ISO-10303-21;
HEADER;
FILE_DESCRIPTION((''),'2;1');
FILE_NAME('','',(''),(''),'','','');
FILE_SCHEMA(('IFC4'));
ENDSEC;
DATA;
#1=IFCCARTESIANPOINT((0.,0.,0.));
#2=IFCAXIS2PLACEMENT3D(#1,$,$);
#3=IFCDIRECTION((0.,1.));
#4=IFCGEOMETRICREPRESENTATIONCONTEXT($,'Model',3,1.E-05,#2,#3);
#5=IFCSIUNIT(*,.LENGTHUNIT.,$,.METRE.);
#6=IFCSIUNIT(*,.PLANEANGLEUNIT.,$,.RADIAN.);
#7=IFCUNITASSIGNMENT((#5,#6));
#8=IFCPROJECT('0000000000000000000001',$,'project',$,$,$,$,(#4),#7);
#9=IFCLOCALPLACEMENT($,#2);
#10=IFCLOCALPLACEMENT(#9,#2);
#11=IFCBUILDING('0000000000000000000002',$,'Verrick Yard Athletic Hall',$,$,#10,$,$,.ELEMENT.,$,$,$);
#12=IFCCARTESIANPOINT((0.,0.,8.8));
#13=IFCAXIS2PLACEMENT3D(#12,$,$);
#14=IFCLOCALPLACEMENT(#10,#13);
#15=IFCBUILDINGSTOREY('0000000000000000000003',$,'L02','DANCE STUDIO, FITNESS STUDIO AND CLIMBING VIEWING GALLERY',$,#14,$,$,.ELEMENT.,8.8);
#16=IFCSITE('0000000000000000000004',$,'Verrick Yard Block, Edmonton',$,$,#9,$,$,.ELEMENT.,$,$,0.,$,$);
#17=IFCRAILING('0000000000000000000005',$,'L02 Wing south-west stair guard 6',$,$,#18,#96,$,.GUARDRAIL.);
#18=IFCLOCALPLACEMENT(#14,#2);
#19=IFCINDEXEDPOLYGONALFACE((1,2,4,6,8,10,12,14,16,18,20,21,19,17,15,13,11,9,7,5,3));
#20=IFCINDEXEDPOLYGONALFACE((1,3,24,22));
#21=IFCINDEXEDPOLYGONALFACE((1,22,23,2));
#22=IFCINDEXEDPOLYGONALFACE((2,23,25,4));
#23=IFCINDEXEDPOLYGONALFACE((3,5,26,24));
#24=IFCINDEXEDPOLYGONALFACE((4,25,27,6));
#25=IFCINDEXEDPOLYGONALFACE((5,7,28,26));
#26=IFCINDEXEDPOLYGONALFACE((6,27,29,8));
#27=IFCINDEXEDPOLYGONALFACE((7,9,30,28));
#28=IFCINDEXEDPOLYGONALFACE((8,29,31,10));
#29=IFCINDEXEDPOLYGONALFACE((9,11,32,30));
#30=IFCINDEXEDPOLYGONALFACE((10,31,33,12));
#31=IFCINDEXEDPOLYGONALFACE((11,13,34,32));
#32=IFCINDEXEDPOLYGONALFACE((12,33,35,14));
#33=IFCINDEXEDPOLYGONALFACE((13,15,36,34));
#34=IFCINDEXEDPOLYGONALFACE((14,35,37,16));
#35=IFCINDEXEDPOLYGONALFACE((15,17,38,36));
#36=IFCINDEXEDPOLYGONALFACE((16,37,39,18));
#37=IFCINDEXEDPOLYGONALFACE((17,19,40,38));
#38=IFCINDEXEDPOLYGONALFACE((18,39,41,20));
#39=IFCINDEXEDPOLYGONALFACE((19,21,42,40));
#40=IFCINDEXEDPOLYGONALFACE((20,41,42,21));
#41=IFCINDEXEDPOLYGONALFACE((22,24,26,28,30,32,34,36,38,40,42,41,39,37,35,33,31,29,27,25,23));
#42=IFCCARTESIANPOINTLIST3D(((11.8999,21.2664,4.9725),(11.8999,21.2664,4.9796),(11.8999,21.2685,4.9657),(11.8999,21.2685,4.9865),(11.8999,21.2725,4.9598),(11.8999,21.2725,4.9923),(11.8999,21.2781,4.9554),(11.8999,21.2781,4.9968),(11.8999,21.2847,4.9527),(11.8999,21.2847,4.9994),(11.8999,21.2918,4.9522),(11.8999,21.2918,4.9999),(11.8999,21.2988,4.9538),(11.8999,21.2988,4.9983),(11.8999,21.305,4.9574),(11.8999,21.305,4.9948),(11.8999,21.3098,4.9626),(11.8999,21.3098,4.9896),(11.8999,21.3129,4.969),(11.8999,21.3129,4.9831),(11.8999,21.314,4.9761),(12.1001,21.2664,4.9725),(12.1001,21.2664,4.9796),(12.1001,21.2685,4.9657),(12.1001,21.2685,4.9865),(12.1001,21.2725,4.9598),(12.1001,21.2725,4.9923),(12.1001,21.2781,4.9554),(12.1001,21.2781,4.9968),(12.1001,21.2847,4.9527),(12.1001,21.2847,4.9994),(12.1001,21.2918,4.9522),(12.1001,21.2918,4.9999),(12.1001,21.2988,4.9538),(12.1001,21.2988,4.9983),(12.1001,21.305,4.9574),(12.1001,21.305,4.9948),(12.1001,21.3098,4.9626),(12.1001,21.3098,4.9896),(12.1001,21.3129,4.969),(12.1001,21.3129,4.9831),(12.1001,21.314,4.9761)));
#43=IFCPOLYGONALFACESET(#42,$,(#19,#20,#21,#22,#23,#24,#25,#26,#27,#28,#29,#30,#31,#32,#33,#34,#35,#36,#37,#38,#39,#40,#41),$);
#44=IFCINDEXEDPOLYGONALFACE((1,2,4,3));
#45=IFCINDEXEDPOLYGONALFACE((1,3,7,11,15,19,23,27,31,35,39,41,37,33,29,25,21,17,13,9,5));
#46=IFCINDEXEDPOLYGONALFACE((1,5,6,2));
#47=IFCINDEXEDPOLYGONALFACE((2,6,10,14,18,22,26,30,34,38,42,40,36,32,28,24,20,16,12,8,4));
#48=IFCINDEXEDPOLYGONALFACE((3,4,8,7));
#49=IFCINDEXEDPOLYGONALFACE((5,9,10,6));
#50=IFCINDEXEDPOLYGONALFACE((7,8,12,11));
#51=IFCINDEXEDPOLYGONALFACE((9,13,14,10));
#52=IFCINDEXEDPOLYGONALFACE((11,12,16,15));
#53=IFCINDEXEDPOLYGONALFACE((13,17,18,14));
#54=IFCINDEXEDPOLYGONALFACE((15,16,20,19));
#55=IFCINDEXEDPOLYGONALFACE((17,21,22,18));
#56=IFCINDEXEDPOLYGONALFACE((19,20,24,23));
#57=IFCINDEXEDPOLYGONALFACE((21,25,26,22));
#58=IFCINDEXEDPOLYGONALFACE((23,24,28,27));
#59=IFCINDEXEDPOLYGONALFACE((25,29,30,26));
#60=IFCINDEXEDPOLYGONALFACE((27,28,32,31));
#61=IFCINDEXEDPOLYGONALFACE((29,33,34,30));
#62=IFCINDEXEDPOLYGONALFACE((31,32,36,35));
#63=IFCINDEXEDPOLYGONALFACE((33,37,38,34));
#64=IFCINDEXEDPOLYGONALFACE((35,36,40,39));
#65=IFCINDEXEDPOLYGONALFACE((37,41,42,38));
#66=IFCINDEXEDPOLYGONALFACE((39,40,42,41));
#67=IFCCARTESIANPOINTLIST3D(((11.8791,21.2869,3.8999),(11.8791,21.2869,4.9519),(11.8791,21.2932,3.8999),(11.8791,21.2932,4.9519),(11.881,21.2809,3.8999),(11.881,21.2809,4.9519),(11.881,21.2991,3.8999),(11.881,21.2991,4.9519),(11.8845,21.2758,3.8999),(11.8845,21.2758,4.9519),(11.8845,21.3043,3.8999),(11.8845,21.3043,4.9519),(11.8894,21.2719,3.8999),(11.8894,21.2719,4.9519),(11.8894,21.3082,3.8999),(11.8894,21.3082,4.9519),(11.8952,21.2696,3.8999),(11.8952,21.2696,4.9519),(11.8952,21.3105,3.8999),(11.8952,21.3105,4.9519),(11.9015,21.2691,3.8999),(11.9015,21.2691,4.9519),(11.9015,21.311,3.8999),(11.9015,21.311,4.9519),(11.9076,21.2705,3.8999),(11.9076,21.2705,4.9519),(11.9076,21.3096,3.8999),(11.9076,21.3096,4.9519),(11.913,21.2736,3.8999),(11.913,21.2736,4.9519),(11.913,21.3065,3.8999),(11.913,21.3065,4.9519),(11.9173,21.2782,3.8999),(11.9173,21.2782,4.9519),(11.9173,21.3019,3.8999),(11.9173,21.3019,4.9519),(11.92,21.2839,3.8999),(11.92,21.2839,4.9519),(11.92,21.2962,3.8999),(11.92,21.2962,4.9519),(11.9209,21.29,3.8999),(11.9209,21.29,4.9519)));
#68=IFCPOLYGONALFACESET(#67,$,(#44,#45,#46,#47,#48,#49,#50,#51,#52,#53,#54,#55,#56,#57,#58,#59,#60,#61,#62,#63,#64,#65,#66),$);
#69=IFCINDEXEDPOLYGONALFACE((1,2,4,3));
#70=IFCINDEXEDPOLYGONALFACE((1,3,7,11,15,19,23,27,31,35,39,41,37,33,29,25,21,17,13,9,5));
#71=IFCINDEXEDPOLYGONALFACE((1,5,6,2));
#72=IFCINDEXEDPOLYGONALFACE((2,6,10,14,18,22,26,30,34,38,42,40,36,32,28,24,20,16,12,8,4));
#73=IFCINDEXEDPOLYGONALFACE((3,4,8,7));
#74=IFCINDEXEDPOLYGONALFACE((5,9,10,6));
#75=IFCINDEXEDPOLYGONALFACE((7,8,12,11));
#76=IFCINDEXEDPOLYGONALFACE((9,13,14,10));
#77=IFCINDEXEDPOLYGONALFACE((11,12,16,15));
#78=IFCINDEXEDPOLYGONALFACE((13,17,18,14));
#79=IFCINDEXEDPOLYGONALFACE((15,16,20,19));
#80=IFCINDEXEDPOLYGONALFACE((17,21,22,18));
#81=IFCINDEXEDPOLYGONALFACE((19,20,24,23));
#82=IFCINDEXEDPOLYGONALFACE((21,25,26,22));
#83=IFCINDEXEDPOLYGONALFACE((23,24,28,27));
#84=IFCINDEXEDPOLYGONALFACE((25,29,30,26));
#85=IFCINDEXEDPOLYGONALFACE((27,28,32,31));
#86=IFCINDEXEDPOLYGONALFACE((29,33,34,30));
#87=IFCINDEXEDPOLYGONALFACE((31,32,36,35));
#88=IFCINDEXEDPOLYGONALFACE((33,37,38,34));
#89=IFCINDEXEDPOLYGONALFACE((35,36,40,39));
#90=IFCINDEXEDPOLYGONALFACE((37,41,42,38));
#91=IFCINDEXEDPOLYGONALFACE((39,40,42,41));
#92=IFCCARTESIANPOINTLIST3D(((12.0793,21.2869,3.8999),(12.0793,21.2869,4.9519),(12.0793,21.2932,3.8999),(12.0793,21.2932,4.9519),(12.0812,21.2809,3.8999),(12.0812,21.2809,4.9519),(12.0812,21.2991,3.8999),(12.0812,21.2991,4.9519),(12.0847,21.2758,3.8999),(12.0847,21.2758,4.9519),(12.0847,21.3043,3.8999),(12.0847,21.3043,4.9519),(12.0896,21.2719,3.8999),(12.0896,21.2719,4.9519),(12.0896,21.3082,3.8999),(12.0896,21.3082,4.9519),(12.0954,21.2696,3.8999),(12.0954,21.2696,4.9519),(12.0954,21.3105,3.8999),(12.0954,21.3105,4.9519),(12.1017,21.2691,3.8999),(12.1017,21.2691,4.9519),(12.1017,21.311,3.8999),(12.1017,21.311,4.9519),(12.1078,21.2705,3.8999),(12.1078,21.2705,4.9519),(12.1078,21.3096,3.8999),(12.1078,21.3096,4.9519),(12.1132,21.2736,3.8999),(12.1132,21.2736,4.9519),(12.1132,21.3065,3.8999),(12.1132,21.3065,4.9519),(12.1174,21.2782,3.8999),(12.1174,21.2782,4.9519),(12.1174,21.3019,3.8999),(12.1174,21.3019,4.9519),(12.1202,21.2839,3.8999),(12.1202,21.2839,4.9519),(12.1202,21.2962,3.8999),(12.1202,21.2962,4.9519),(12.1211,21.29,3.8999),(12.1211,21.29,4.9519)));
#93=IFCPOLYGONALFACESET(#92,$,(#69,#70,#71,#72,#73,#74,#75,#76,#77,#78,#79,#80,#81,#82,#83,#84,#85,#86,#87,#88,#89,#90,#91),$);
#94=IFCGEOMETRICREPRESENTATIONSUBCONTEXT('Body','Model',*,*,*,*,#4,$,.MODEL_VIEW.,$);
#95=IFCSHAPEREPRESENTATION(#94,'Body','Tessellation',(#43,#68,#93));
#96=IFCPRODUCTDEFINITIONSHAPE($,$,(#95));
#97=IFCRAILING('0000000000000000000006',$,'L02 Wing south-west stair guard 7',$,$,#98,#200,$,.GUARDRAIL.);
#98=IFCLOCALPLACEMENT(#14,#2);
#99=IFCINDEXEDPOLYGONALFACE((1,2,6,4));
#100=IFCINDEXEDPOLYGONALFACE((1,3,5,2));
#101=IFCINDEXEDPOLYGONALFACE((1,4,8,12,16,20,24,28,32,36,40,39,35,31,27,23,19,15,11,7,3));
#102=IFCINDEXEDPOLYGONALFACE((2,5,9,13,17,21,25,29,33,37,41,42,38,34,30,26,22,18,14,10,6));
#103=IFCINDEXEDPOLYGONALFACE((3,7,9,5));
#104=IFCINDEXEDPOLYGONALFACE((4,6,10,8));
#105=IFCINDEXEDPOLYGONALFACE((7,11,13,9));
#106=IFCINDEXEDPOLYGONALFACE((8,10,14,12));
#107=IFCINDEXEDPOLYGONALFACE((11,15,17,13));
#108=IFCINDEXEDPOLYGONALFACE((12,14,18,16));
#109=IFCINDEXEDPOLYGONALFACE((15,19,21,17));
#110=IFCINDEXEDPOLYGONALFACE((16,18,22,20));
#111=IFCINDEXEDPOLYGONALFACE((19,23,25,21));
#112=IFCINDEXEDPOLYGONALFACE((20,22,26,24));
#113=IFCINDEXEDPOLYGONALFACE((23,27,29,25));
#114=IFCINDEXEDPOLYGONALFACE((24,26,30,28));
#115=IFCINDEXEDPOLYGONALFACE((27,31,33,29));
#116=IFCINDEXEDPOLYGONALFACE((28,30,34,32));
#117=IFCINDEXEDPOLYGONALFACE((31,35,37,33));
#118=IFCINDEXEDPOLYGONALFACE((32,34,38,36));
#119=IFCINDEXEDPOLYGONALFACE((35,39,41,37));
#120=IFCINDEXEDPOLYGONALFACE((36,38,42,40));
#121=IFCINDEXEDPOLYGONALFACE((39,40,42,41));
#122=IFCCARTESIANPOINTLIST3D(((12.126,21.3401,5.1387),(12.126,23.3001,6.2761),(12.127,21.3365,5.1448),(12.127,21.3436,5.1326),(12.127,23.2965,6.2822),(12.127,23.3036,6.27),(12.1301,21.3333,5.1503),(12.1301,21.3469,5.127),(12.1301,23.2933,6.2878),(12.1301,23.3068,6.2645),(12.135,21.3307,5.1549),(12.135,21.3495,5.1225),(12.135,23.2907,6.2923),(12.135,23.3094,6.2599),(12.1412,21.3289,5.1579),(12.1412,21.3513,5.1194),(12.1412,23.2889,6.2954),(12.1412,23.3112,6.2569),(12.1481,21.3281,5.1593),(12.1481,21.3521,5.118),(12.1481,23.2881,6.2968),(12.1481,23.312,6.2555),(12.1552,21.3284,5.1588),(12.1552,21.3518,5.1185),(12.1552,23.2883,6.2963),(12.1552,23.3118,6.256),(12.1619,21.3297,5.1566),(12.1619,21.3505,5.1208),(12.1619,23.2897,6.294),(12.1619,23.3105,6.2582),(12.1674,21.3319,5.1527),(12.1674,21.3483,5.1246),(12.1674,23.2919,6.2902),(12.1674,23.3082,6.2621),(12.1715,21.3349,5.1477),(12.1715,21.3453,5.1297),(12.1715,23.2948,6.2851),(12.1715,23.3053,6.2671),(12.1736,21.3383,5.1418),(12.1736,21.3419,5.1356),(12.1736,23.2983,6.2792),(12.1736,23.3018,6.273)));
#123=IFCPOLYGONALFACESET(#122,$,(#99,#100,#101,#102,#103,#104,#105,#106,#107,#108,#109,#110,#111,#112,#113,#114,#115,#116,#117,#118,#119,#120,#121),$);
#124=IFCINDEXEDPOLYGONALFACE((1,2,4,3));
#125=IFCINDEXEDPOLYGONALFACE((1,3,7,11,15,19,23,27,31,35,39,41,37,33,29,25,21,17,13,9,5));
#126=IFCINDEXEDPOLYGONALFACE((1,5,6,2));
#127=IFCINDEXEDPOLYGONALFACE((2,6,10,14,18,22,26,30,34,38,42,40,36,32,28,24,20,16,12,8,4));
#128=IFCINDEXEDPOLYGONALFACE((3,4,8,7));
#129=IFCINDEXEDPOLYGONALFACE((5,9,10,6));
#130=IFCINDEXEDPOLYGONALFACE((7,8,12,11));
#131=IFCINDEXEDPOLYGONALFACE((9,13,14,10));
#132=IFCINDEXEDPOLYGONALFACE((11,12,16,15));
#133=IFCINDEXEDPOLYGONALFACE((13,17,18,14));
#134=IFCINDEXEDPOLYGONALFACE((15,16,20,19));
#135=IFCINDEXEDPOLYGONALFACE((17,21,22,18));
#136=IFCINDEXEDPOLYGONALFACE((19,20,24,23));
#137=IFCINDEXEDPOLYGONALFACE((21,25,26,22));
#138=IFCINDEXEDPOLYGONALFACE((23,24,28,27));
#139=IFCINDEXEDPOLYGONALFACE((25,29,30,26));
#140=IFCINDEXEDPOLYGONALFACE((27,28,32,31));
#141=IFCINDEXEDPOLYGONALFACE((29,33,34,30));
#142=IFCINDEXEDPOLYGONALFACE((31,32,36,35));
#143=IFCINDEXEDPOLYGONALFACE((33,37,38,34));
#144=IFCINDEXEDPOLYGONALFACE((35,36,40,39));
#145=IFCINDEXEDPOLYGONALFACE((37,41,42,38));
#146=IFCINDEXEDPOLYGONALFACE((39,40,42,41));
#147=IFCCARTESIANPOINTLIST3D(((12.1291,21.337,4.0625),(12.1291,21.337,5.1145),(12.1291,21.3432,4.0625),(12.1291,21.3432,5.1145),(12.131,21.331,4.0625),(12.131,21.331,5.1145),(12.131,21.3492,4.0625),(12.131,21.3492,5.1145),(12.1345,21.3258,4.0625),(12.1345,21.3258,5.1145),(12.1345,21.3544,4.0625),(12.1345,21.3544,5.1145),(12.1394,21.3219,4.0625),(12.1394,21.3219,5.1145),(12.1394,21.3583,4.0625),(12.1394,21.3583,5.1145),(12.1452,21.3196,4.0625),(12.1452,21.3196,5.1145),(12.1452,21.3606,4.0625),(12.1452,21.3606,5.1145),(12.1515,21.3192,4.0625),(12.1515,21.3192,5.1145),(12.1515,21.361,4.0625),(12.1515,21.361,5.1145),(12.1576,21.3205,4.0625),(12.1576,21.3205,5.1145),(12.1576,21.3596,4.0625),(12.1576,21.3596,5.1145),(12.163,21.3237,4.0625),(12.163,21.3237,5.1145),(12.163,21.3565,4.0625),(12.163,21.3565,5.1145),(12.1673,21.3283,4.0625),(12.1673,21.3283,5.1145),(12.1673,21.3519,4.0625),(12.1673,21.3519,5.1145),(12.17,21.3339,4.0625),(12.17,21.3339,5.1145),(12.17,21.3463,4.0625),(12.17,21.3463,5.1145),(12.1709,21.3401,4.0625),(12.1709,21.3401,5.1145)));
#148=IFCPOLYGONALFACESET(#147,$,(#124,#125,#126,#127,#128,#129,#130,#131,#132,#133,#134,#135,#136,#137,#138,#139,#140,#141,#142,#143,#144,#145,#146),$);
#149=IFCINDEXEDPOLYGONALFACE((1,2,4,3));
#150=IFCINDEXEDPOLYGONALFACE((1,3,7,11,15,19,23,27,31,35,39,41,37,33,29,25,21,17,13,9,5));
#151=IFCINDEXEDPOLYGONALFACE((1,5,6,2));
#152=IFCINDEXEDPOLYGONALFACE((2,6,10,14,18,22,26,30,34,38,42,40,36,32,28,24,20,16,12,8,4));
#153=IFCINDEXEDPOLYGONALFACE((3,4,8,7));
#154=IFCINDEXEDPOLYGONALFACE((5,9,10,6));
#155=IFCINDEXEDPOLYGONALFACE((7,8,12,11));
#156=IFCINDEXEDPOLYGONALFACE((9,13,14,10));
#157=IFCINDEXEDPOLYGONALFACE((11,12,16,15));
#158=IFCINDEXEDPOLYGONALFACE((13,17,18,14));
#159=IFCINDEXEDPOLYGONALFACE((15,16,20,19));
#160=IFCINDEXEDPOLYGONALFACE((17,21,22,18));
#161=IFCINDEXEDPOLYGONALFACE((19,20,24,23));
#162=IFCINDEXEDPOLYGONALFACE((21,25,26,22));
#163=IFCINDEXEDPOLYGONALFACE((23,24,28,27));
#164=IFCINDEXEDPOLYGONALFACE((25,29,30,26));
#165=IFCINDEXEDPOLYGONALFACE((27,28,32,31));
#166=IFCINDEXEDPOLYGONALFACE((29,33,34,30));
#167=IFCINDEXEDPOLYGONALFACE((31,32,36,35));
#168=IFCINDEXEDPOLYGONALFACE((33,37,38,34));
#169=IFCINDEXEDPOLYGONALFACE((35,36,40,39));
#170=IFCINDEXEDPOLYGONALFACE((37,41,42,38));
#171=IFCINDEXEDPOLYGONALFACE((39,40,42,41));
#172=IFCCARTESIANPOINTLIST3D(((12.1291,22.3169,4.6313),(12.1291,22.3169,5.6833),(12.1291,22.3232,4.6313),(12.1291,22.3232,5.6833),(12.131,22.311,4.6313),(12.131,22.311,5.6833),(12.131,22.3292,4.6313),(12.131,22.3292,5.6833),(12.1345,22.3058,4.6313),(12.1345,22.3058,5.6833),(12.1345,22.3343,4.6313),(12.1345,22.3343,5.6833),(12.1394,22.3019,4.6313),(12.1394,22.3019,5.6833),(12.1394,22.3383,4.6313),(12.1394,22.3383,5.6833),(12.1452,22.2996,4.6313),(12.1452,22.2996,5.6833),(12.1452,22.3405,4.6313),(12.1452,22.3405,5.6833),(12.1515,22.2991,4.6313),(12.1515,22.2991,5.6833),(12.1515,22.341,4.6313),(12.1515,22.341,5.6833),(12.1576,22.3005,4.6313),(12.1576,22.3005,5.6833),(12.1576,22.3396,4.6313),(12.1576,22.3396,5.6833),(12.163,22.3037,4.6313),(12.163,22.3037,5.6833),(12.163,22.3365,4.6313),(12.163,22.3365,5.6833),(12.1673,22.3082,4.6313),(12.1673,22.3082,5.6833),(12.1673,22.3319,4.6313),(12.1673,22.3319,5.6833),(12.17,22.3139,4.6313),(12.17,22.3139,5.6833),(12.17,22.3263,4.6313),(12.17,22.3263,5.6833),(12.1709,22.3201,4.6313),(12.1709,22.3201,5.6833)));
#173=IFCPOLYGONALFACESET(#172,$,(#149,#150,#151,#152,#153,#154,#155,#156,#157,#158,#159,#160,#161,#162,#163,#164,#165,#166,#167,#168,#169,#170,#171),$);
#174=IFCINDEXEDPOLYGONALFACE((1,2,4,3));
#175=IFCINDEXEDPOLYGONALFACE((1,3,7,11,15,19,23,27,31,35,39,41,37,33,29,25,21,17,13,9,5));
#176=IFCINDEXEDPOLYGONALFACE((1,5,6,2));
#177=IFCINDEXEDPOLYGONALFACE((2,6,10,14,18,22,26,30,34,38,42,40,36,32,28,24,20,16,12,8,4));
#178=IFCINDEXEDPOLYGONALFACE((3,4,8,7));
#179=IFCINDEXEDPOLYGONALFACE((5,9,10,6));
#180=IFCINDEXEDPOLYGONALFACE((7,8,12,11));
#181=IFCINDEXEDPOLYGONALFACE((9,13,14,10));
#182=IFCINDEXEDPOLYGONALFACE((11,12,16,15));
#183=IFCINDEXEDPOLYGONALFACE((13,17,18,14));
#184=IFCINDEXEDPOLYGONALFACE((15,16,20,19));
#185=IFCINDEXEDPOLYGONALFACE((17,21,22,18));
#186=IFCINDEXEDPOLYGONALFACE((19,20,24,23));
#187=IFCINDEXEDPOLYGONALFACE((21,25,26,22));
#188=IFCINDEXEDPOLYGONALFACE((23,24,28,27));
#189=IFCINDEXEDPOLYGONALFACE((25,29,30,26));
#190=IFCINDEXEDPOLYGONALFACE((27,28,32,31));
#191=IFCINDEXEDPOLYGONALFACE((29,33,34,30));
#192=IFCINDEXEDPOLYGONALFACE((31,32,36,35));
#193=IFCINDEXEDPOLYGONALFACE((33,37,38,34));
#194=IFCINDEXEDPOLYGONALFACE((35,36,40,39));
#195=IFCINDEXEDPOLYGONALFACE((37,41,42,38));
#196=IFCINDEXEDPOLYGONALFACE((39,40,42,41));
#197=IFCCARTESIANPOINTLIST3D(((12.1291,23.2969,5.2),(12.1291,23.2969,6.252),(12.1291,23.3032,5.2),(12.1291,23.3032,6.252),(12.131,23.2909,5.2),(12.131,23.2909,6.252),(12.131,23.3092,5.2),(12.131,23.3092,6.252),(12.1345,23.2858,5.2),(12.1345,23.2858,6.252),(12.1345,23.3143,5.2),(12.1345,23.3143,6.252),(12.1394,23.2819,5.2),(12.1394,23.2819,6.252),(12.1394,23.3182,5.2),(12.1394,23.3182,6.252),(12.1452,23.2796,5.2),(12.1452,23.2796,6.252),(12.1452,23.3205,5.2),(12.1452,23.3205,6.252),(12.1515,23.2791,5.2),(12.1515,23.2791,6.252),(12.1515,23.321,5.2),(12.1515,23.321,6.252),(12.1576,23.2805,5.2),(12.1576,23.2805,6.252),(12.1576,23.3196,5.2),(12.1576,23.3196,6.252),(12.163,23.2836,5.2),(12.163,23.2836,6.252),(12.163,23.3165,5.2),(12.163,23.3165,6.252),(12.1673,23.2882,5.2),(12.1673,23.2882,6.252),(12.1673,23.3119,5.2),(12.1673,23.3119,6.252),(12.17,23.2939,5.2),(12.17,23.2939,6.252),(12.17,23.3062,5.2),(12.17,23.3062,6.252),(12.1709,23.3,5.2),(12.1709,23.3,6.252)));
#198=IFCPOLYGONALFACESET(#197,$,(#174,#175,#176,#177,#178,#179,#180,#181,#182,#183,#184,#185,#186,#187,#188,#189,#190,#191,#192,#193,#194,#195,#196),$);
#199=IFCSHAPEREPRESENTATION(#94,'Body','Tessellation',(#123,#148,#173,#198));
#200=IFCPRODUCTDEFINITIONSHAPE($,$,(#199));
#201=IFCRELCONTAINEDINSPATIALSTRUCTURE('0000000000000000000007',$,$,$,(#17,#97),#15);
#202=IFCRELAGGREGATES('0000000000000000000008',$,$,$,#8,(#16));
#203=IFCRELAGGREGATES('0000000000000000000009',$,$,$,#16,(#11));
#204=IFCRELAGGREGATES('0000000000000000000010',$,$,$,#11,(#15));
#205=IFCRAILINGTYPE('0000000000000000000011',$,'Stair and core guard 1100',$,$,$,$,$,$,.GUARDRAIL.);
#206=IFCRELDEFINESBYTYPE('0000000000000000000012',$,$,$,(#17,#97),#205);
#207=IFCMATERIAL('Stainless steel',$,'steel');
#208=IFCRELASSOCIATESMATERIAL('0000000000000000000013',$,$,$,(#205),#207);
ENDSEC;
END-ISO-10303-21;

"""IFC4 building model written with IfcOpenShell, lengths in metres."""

from ifc_helpers import new_model, si_unit, direction, frame, origin, origin_2d, place, context, subcontext, project, spatial, circle, extrude, material, type_object, element, save


model = new_model("IFC4")

# Units and contexts
model_context = context("Model", 3, precision=1e-05, world=origin(), true_north=direction((0.0, 1.0)))
body_context = subcontext(model_context, "Body", "Model", "MODEL_VIEW")
ifc_project = project(units=[si_unit("LENGTHUNIT", "METRE"), si_unit("PLANEANGLEUNIT", "RADIAN")], contexts=[model_context])

# Site, building, storey
site_placement = place(None, origin())
site = spatial("IfcSite", under=ifc_project, at=site_placement, Name="Verrick Yard Block, Edmonton", CompositionType="ELEMENT", RefElevation=0.0)
building_placement = place(site_placement, origin())
building = spatial("IfcBuilding", under=site, at=building_placement, Name="Verrick Yard Athletic Hall", CompositionType="ELEMENT")
storey_placement = place(building_placement, frame((0.0, 0.0, 8.8)))
storey = spatial("IfcBuildingStorey", under=building, at=storey_placement, Name="L02", Description="DANCE STUDIO, FITNESS STUDIO AND CLIMBING VIEWING GALLERY", CompositionType="ELEMENT", Elevation=8.8)

# Railings
ifc_material_1 = material(Name="Stainless steel", Category="steel")
railing_type_1 = type_object("IfcRailingType", Name="Stair and core guard 1100", PredefinedType="GUARDRAIL", material=ifc_material_1)
railing_1_placement = place(storey_placement, frame((11.8999, 21.29, 3.8999)))
element("IfcRailing", 1, at=railing_1_placement, inside=storey, type_object=railing_type_1, Name="L02 Wing south-west stair guard 6", PredefinedType="GUARDRAIL", context=body_context, shape_type="SweptSolid", body=[
    extrude(circle(Radius=0.0239, at=origin_2d()), frame((0.0, 0.0, 1.0762), z_axis=(1.0, 0.0, 0.0), x_axis=(0.0, 1.0, 0.0)), (0.0, 0.0, 1.0), 0.2002),
    extrude(circle(Radius=0.021, at=origin_2d()), origin(), (0.0, 0.0, 1.0), 1.052),
    extrude(circle(Radius=0.021, at=origin_2d()), frame((0.2002, 0.0, 0.0)), (0.0, 0.0, 1.0), 1.052),
])
railing_2_placement = place(storey_placement, frame((12.1499, 21.3401, 4.0625)))
element("IfcRailing", 2, at=railing_2_placement, inside=storey, type_object=railing_type_1, Name="L02 Wing south-west stair guard 7", PredefinedType="GUARDRAIL", context=body_context, shape_type="SweptSolid", body=[
    extrude(circle(Radius=0.0239, at=origin_2d()), frame((0.0, 0.0, 1.0762), z_axis=(0.0, 0.864902, 0.501941), x_axis=(-1.0, 0.0, 0.0)), (0.0, 0.0, 1.0), 2.2661),
    extrude(circle(Radius=0.021, at=origin_2d()), origin(), (0.0, 0.0, 1.0), 1.052),
    extrude(circle(Radius=0.021, at=origin_2d()), frame((0.0, 0.98, 0.5688)), (0.0, 0.0, 1.0), 1.052),
    extrude(circle(Radius=0.021, at=origin_2d()), frame((0.0, 1.96, 1.1375)), (0.0, 0.0, 1.0), 1.052),
])

save(model, "model.ifc")
